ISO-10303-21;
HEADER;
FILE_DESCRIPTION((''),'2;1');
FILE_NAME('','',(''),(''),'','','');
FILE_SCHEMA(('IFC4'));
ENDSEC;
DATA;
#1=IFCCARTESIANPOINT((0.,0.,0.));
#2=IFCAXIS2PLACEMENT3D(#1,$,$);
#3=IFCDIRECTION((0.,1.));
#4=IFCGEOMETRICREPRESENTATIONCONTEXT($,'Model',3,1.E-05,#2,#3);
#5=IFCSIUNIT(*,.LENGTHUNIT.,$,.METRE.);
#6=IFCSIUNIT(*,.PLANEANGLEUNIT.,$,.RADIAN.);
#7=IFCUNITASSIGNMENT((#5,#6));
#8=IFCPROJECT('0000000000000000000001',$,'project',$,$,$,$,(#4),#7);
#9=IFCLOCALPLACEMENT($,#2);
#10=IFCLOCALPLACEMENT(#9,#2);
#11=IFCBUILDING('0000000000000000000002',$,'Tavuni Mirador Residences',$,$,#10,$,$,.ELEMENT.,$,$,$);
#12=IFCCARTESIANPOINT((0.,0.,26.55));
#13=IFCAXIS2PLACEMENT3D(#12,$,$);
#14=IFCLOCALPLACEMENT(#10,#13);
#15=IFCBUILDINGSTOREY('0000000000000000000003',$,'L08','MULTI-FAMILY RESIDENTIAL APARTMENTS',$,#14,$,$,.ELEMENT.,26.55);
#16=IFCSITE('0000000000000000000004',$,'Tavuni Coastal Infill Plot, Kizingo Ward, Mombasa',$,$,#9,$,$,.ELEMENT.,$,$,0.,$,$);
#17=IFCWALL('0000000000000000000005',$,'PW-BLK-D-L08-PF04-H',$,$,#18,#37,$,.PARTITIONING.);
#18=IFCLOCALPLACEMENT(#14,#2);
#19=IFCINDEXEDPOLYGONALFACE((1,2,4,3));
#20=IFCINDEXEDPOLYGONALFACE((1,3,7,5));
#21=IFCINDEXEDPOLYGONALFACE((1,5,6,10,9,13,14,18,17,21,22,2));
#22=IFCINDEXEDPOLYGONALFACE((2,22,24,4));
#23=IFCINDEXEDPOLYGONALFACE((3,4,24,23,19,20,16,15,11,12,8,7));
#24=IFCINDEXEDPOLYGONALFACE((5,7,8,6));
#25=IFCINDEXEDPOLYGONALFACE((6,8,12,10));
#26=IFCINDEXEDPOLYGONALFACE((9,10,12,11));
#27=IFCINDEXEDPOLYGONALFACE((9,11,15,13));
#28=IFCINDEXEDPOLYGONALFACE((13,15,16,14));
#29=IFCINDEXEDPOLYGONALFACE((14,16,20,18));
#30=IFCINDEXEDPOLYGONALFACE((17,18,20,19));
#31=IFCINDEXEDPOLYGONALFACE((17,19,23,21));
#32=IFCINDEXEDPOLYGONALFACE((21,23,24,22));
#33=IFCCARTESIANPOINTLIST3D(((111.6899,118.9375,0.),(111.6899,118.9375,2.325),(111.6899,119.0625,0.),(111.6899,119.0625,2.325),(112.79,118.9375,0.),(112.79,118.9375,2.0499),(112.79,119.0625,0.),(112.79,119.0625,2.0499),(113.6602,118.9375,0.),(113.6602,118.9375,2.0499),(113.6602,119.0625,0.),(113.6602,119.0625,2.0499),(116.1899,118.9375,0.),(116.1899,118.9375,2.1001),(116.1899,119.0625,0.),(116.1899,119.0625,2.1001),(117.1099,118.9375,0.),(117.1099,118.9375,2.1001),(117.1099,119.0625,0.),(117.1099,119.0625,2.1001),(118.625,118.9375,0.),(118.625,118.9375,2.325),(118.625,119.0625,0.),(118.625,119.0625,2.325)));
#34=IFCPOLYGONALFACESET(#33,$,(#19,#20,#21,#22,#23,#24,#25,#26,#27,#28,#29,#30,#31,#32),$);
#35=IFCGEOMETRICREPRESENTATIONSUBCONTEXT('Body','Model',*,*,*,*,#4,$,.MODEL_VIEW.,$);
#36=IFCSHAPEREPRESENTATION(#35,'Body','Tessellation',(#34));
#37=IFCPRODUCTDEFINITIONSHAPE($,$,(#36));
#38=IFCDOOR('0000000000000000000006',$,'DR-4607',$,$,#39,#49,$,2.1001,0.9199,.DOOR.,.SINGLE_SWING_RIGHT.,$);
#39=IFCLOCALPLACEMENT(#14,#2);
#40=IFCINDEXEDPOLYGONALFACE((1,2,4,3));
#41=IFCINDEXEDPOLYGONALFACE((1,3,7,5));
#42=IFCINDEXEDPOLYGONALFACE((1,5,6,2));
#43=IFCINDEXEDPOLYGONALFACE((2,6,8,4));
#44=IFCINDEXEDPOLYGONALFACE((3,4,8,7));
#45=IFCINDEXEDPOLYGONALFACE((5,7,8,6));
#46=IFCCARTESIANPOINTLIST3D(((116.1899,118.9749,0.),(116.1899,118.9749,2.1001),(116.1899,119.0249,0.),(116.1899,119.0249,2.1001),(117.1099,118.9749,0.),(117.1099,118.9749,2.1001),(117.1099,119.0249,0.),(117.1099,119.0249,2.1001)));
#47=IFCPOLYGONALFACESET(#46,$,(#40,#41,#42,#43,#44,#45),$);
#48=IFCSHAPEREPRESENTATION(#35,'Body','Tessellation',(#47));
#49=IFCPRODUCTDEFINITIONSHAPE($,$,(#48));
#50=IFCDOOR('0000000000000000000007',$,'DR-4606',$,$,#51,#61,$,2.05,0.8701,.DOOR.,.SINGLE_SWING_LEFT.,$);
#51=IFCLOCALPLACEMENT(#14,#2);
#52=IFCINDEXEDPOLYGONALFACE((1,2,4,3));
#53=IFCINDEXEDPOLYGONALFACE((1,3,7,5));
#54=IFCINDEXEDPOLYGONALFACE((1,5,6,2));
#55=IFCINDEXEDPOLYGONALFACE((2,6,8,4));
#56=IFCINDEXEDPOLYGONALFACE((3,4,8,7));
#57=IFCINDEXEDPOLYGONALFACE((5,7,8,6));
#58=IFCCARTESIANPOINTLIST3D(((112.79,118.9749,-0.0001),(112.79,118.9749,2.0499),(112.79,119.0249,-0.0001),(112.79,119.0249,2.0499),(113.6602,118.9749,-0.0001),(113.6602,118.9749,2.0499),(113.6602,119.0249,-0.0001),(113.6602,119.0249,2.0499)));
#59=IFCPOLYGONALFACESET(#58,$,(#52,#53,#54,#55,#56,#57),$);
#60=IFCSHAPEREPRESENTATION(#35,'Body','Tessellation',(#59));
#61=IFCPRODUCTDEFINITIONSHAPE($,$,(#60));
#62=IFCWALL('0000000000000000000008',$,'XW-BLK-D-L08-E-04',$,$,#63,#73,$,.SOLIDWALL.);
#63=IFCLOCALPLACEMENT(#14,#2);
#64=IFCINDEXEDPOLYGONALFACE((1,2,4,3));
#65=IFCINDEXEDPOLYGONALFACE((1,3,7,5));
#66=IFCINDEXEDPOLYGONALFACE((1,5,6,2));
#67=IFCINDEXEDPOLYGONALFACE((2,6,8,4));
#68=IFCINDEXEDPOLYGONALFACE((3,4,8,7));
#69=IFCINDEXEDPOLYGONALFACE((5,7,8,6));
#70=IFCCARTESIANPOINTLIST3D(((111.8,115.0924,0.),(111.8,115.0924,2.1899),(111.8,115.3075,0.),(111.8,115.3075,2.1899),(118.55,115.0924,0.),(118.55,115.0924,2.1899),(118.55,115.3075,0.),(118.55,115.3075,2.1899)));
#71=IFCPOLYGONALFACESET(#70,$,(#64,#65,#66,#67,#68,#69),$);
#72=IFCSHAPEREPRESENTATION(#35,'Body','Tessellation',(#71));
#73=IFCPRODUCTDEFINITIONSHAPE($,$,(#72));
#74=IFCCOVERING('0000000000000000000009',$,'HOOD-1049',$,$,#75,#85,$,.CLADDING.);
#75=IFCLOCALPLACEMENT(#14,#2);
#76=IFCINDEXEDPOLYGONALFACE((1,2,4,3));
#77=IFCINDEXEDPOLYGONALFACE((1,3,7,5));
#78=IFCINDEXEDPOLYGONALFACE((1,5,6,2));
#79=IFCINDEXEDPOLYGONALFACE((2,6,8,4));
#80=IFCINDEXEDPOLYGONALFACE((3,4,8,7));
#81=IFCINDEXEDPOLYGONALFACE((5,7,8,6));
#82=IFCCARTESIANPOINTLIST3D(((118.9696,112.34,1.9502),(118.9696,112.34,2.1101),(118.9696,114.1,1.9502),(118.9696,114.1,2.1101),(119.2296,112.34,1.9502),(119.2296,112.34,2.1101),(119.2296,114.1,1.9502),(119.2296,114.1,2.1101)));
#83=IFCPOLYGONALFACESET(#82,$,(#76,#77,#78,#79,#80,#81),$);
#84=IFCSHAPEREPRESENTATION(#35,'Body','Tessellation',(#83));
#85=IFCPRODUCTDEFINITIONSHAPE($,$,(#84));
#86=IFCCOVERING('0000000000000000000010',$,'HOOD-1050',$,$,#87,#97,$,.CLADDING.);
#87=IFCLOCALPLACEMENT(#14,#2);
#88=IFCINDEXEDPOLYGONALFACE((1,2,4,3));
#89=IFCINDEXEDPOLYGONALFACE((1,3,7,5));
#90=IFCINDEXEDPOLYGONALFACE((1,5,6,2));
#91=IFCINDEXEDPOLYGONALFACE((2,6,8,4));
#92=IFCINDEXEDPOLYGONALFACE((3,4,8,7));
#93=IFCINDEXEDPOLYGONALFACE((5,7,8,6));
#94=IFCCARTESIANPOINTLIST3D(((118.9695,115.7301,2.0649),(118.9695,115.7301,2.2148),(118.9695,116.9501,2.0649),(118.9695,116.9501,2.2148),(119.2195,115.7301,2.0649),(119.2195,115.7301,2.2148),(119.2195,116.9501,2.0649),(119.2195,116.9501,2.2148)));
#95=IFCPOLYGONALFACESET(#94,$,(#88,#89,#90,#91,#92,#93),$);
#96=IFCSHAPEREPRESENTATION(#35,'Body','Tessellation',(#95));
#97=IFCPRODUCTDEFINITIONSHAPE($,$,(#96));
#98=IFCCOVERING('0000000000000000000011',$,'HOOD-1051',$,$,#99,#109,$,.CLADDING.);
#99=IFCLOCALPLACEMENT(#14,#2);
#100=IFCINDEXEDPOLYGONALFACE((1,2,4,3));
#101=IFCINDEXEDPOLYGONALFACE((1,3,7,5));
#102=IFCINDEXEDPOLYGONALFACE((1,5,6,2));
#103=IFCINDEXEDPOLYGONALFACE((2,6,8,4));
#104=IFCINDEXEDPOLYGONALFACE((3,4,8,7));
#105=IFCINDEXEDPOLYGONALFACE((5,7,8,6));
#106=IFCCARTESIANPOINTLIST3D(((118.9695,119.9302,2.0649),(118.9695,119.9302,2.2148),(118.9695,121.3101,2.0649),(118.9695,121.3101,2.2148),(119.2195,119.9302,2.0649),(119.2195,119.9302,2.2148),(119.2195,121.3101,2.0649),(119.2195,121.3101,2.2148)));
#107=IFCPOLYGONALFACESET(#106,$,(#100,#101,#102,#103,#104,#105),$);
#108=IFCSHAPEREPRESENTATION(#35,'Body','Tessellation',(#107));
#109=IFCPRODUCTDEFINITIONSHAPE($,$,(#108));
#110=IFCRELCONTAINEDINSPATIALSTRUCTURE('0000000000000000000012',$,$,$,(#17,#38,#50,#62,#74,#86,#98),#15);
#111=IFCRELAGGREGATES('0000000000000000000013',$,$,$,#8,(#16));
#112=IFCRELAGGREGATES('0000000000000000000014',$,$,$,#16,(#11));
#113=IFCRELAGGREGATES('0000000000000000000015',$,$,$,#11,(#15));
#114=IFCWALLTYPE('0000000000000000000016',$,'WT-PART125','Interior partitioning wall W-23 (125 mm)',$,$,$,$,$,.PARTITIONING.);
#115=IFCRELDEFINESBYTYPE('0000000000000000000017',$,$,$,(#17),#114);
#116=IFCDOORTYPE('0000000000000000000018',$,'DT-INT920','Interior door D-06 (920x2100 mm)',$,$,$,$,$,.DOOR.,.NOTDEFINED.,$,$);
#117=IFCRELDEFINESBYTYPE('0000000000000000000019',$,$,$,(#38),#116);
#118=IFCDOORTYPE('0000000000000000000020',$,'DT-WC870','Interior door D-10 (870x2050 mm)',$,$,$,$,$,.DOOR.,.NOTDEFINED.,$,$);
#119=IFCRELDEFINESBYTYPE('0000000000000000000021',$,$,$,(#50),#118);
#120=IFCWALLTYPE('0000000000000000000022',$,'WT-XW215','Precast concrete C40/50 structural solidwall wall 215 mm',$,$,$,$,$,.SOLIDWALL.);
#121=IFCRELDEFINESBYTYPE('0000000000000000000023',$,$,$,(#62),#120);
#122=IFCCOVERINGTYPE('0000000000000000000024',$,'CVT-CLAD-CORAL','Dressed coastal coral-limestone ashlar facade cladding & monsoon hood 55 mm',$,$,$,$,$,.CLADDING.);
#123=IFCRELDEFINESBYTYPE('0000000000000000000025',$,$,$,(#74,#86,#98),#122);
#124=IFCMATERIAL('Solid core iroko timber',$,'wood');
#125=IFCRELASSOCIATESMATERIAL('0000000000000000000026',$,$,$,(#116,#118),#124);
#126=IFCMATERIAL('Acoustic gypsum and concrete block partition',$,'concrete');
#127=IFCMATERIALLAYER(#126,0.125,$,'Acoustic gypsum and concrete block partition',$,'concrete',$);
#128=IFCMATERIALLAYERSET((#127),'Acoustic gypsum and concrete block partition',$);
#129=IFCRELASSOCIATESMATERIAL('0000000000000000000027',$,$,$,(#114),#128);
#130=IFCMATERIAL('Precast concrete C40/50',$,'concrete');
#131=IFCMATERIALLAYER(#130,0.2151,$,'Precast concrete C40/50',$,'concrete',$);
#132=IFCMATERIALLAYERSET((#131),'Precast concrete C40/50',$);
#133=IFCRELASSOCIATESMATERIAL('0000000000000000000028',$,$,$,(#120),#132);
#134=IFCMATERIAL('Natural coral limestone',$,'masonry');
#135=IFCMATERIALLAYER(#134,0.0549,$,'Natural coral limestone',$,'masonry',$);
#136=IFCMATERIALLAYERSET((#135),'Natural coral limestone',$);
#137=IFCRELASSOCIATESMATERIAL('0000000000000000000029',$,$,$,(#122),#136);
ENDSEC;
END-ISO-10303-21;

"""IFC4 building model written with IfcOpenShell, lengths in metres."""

from ifc_helpers import new_model, si_unit, direction, frame, frame_2d, origin, origin_2d, place, context, subcontext, project, spatial, rectangle, extrude, material, layer, layer_set, type_object, element, fill, save


model = new_model("IFC4")

# Units and contexts
model_context = context("Model", 3, precision=1e-05, world=origin(), true_north=direction((0.0, 1.0)))
body_context = subcontext(model_context, "Body", "Model", "MODEL_VIEW")
ifc_project = project(units=[si_unit("LENGTHUNIT", "METRE"), si_unit("PLANEANGLEUNIT", "RADIAN")], contexts=[model_context])

# Site, building, storey
site_placement = place(None, origin())
site = spatial("IfcSite", under=ifc_project, at=site_placement, Name="Tavuni Coastal Infill Plot, Kizingo Ward, Mombasa", CompositionType="ELEMENT", RefElevation=0.0)
building_placement = place(site_placement, origin())
building = spatial("IfcBuilding", under=site, at=building_placement, Name="Tavuni Mirador Residences", CompositionType="ELEMENT")
storey_placement = place(building_placement, frame((0.0, 0.0, 26.55)))
storey = spatial("IfcBuildingStorey", under=building, at=storey_placement, Name="L08", Description="MULTI-FAMILY RESIDENTIAL APARTMENTS", CompositionType="ELEMENT", Elevation=26.55)

# Shared definitions
ifc_material_1 = material(Name="Precast concrete C40/50", Category="concrete")

# Shared definitions
ifc_material_2 = material(Name="Solid core iroko timber", Category="wood")

# Shared definitions
ifc_material_3 = material(Name="Acoustic gypsum and concrete block partition", Category="concrete")

# Shared definitions
door_type_1 = type_object("IfcDoorType", Name="DT-INT920", Description="Interior door D-06 (920x2100 mm)", OperationType="NOTDEFINED", PredefinedType="DOOR", material=ifc_material_2)

# Wall, openings, doors
ifc_layer_1 = layer(ifc_material_3, 0.125, Name="Acoustic gypsum and concrete block partition", Category="concrete")
ifc_layer_set_1 = layer_set([ifc_layer_1], Name="Acoustic gypsum and concrete block partition")
wall_type_1 = type_object("IfcWallType", Name="WT-PART125", Description="Interior partitioning wall W-23 (125 mm)", PredefinedType="PARTITIONING", material=ifc_layer_set_1)
wall_1_placement = place(storey_placement, frame((111.6899, 119.0, 0.0), z_axis=(0.0, 0.0, 1.0), x_axis=(1.0, 0.0, 0.0)))
wall_1 = element("IfcWall", 1, at=wall_1_placement, inside=storey, type_object=wall_type_1, Name="PW-BLK-D-L08-PF04-H", PredefinedType="PARTITIONING", context=body_context, shape_type="SweptSolid", body=[
    extrude(rectangle(XDim=6.9351, YDim=0.125, at=frame_2d((3.4675, 0.0))), origin(), (0.0, 0.0, 1.0), 2.325),
])
opening_1_placement = place(wall_1_placement, frame((1.1001, 0.0, 0.0)))
opening_1 = element("IfcOpeningElement", 2, at=opening_1_placement, cuts=wall_1, PredefinedType="OPENING", context=body_context, shape_type="SweptSolid", body=[
    extrude(rectangle(XDim=0.8701, YDim=2.05, at=frame_2d((0.4351, 1.0249))), frame((0.0, 0.0725, 0.0), z_axis=(0.0, -1.0, 0.0), x_axis=(1.0, 0.0, 0.0)), (0.0, 0.0, 1.0), 0.145),
])
opening_2_placement = place(wall_1_placement, frame((4.5, 0.0, 0.0)))
opening_2 = element("IfcOpeningElement", 3, at=opening_2_placement, cuts=wall_1, PredefinedType="OPENING", context=body_context, shape_type="SweptSolid", body=[
    extrude(rectangle(XDim=0.9199, YDim=2.1001, at=frame_2d((0.46, 1.05))), frame((0.0, 0.0725, 0.0), z_axis=(0.0, -1.0, 0.0), x_axis=(1.0, 0.0, 0.0)), (0.0, 0.0, 1.0), 0.145),
])
door_1_placement = place(opening_2_placement, origin())
door_1 = element("IfcDoor", 4, at=door_1_placement, inside=storey, type_object=door_type_1, Name="DR-4607", OperationType="SINGLE_SWING_RIGHT", OverallHeight=2.1001, OverallWidth=0.9199, PredefinedType="DOOR", context=body_context, shape_type="SweptSolid", body=[
    extrude(rectangle(XDim=0.9199, YDim=2.1001, at=frame_2d((0.46, 1.05))), frame((0.0, 0.0249, 0.0), z_axis=(0.0, -1.0, 0.0), x_axis=(1.0, 0.0, 0.0)), (0.0, 0.0, 1.0), 0.05),
])
fill(opening_2, door_1)
door_type_2 = type_object("IfcDoorType", Name="DT-WC870", Description="Interior door D-10 (870x2050 mm)", OperationType="NOTDEFINED", PredefinedType="DOOR", material=ifc_material_2)
door_2_placement = place(opening_1_placement, origin())
door_2 = element("IfcDoor", 5, at=door_2_placement, inside=storey, type_object=door_type_2, Name="DR-4606", OperationType="SINGLE_SWING_LEFT", OverallHeight=2.05, OverallWidth=0.8701, PredefinedType="DOOR", context=body_context, shape_type="SweptSolid", body=[
    extrude(rectangle(XDim=0.8701, YDim=2.05, at=frame_2d((0.4351, 1.0249))), frame((0.0, 0.0249, 0.0), z_axis=(0.0, -1.0, 0.0), x_axis=(1.0, 0.0, 0.0)), (0.0, 0.0, 1.0), 0.05),
])
fill(opening_1, door_2)

# Wall
ifc_layer_2 = layer(ifc_material_1, 0.2151, Name="Precast concrete C40/50", Category="concrete")
ifc_layer_set_2 = layer_set([ifc_layer_2], Name="Precast concrete C40/50")
wall_type_2 = type_object("IfcWallType", Name="WT-XW215", Description="Precast concrete C40/50 structural solidwall wall 215 mm", PredefinedType="SOLIDWALL", material=ifc_layer_set_2)
wall_2_placement = place(storey_placement, frame((111.8, 115.2, 0.0), z_axis=(0.0, 0.0, 1.0), x_axis=(1.0, 0.0, 0.0)))
element("IfcWall", 6, at=wall_2_placement, inside=storey, type_object=wall_type_2, Name="XW-BLK-D-L08-E-04", PredefinedType="SOLIDWALL", context=body_context, shape_type="SweptSolid", body=[
    extrude(rectangle(XDim=6.75, YDim=0.2151, at=frame_2d((3.375, 0.0))), origin(), (0.0, 0.0, 1.0), 2.1899),
])

# Coverings
ifc_material_4 = material(Name="Natural coral limestone", Category="masonry")
ifc_layer_3 = layer(ifc_material_4, 0.0549, Name="Natural coral limestone", Category="masonry")
ifc_layer_set_3 = layer_set([ifc_layer_3], Name="Natural coral limestone")
covering_type = type_object("IfcCoveringType", Name="CVT-CLAD-CORAL", Description="Dressed coastal coral-limestone ashlar facade cladding & monsoon hood 55 mm", PredefinedType="CLADDING", material=ifc_layer_set_3)
covering_1_placement = place(storey_placement, frame((119.0996, 113.22, 1.9502), z_axis=(0.0, 0.0, 1.0), x_axis=(0.0, 1.0, 0.0)))
element("IfcCovering", 7, at=covering_1_placement, inside=storey, type_object=covering_type, Name="HOOD-1049", PredefinedType="CLADDING", context=body_context, shape_type="SweptSolid", body=[
    extrude(rectangle(XDim=1.76, YDim=0.26, at=origin_2d()), origin(), (0.0, 0.0, 1.0), 0.1599),
])
covering_2_placement = place(storey_placement, frame((119.0945, 116.3401, 2.0649), z_axis=(0.0, 0.0, 1.0), x_axis=(0.0, 1.0, 0.0)))
element("IfcCovering", 8, at=covering_2_placement, inside=storey, type_object=covering_type, Name="HOOD-1050", PredefinedType="CLADDING", context=body_context, shape_type="SweptSolid", body=[
    extrude(rectangle(XDim=1.22, YDim=0.25, at=origin_2d()), origin(), (0.0, 0.0, 1.0), 0.1499),
])
covering_3_placement = place(storey_placement, frame((119.0945, 120.6201, 2.0649), z_axis=(0.0, 0.0, 1.0), x_axis=(0.0, 1.0, 0.0)))
element("IfcCovering", 9, at=covering_3_placement, inside=storey, type_object=covering_type, Name="HOOD-1051", PredefinedType="CLADDING", context=body_context, shape_type="SweptSolid", body=[
    extrude(rectangle(XDim=1.3799, YDim=0.25, at=origin_2d()), origin(), (0.0, 0.0, 1.0), 0.1499),
])

save(model, "model.ifc")
